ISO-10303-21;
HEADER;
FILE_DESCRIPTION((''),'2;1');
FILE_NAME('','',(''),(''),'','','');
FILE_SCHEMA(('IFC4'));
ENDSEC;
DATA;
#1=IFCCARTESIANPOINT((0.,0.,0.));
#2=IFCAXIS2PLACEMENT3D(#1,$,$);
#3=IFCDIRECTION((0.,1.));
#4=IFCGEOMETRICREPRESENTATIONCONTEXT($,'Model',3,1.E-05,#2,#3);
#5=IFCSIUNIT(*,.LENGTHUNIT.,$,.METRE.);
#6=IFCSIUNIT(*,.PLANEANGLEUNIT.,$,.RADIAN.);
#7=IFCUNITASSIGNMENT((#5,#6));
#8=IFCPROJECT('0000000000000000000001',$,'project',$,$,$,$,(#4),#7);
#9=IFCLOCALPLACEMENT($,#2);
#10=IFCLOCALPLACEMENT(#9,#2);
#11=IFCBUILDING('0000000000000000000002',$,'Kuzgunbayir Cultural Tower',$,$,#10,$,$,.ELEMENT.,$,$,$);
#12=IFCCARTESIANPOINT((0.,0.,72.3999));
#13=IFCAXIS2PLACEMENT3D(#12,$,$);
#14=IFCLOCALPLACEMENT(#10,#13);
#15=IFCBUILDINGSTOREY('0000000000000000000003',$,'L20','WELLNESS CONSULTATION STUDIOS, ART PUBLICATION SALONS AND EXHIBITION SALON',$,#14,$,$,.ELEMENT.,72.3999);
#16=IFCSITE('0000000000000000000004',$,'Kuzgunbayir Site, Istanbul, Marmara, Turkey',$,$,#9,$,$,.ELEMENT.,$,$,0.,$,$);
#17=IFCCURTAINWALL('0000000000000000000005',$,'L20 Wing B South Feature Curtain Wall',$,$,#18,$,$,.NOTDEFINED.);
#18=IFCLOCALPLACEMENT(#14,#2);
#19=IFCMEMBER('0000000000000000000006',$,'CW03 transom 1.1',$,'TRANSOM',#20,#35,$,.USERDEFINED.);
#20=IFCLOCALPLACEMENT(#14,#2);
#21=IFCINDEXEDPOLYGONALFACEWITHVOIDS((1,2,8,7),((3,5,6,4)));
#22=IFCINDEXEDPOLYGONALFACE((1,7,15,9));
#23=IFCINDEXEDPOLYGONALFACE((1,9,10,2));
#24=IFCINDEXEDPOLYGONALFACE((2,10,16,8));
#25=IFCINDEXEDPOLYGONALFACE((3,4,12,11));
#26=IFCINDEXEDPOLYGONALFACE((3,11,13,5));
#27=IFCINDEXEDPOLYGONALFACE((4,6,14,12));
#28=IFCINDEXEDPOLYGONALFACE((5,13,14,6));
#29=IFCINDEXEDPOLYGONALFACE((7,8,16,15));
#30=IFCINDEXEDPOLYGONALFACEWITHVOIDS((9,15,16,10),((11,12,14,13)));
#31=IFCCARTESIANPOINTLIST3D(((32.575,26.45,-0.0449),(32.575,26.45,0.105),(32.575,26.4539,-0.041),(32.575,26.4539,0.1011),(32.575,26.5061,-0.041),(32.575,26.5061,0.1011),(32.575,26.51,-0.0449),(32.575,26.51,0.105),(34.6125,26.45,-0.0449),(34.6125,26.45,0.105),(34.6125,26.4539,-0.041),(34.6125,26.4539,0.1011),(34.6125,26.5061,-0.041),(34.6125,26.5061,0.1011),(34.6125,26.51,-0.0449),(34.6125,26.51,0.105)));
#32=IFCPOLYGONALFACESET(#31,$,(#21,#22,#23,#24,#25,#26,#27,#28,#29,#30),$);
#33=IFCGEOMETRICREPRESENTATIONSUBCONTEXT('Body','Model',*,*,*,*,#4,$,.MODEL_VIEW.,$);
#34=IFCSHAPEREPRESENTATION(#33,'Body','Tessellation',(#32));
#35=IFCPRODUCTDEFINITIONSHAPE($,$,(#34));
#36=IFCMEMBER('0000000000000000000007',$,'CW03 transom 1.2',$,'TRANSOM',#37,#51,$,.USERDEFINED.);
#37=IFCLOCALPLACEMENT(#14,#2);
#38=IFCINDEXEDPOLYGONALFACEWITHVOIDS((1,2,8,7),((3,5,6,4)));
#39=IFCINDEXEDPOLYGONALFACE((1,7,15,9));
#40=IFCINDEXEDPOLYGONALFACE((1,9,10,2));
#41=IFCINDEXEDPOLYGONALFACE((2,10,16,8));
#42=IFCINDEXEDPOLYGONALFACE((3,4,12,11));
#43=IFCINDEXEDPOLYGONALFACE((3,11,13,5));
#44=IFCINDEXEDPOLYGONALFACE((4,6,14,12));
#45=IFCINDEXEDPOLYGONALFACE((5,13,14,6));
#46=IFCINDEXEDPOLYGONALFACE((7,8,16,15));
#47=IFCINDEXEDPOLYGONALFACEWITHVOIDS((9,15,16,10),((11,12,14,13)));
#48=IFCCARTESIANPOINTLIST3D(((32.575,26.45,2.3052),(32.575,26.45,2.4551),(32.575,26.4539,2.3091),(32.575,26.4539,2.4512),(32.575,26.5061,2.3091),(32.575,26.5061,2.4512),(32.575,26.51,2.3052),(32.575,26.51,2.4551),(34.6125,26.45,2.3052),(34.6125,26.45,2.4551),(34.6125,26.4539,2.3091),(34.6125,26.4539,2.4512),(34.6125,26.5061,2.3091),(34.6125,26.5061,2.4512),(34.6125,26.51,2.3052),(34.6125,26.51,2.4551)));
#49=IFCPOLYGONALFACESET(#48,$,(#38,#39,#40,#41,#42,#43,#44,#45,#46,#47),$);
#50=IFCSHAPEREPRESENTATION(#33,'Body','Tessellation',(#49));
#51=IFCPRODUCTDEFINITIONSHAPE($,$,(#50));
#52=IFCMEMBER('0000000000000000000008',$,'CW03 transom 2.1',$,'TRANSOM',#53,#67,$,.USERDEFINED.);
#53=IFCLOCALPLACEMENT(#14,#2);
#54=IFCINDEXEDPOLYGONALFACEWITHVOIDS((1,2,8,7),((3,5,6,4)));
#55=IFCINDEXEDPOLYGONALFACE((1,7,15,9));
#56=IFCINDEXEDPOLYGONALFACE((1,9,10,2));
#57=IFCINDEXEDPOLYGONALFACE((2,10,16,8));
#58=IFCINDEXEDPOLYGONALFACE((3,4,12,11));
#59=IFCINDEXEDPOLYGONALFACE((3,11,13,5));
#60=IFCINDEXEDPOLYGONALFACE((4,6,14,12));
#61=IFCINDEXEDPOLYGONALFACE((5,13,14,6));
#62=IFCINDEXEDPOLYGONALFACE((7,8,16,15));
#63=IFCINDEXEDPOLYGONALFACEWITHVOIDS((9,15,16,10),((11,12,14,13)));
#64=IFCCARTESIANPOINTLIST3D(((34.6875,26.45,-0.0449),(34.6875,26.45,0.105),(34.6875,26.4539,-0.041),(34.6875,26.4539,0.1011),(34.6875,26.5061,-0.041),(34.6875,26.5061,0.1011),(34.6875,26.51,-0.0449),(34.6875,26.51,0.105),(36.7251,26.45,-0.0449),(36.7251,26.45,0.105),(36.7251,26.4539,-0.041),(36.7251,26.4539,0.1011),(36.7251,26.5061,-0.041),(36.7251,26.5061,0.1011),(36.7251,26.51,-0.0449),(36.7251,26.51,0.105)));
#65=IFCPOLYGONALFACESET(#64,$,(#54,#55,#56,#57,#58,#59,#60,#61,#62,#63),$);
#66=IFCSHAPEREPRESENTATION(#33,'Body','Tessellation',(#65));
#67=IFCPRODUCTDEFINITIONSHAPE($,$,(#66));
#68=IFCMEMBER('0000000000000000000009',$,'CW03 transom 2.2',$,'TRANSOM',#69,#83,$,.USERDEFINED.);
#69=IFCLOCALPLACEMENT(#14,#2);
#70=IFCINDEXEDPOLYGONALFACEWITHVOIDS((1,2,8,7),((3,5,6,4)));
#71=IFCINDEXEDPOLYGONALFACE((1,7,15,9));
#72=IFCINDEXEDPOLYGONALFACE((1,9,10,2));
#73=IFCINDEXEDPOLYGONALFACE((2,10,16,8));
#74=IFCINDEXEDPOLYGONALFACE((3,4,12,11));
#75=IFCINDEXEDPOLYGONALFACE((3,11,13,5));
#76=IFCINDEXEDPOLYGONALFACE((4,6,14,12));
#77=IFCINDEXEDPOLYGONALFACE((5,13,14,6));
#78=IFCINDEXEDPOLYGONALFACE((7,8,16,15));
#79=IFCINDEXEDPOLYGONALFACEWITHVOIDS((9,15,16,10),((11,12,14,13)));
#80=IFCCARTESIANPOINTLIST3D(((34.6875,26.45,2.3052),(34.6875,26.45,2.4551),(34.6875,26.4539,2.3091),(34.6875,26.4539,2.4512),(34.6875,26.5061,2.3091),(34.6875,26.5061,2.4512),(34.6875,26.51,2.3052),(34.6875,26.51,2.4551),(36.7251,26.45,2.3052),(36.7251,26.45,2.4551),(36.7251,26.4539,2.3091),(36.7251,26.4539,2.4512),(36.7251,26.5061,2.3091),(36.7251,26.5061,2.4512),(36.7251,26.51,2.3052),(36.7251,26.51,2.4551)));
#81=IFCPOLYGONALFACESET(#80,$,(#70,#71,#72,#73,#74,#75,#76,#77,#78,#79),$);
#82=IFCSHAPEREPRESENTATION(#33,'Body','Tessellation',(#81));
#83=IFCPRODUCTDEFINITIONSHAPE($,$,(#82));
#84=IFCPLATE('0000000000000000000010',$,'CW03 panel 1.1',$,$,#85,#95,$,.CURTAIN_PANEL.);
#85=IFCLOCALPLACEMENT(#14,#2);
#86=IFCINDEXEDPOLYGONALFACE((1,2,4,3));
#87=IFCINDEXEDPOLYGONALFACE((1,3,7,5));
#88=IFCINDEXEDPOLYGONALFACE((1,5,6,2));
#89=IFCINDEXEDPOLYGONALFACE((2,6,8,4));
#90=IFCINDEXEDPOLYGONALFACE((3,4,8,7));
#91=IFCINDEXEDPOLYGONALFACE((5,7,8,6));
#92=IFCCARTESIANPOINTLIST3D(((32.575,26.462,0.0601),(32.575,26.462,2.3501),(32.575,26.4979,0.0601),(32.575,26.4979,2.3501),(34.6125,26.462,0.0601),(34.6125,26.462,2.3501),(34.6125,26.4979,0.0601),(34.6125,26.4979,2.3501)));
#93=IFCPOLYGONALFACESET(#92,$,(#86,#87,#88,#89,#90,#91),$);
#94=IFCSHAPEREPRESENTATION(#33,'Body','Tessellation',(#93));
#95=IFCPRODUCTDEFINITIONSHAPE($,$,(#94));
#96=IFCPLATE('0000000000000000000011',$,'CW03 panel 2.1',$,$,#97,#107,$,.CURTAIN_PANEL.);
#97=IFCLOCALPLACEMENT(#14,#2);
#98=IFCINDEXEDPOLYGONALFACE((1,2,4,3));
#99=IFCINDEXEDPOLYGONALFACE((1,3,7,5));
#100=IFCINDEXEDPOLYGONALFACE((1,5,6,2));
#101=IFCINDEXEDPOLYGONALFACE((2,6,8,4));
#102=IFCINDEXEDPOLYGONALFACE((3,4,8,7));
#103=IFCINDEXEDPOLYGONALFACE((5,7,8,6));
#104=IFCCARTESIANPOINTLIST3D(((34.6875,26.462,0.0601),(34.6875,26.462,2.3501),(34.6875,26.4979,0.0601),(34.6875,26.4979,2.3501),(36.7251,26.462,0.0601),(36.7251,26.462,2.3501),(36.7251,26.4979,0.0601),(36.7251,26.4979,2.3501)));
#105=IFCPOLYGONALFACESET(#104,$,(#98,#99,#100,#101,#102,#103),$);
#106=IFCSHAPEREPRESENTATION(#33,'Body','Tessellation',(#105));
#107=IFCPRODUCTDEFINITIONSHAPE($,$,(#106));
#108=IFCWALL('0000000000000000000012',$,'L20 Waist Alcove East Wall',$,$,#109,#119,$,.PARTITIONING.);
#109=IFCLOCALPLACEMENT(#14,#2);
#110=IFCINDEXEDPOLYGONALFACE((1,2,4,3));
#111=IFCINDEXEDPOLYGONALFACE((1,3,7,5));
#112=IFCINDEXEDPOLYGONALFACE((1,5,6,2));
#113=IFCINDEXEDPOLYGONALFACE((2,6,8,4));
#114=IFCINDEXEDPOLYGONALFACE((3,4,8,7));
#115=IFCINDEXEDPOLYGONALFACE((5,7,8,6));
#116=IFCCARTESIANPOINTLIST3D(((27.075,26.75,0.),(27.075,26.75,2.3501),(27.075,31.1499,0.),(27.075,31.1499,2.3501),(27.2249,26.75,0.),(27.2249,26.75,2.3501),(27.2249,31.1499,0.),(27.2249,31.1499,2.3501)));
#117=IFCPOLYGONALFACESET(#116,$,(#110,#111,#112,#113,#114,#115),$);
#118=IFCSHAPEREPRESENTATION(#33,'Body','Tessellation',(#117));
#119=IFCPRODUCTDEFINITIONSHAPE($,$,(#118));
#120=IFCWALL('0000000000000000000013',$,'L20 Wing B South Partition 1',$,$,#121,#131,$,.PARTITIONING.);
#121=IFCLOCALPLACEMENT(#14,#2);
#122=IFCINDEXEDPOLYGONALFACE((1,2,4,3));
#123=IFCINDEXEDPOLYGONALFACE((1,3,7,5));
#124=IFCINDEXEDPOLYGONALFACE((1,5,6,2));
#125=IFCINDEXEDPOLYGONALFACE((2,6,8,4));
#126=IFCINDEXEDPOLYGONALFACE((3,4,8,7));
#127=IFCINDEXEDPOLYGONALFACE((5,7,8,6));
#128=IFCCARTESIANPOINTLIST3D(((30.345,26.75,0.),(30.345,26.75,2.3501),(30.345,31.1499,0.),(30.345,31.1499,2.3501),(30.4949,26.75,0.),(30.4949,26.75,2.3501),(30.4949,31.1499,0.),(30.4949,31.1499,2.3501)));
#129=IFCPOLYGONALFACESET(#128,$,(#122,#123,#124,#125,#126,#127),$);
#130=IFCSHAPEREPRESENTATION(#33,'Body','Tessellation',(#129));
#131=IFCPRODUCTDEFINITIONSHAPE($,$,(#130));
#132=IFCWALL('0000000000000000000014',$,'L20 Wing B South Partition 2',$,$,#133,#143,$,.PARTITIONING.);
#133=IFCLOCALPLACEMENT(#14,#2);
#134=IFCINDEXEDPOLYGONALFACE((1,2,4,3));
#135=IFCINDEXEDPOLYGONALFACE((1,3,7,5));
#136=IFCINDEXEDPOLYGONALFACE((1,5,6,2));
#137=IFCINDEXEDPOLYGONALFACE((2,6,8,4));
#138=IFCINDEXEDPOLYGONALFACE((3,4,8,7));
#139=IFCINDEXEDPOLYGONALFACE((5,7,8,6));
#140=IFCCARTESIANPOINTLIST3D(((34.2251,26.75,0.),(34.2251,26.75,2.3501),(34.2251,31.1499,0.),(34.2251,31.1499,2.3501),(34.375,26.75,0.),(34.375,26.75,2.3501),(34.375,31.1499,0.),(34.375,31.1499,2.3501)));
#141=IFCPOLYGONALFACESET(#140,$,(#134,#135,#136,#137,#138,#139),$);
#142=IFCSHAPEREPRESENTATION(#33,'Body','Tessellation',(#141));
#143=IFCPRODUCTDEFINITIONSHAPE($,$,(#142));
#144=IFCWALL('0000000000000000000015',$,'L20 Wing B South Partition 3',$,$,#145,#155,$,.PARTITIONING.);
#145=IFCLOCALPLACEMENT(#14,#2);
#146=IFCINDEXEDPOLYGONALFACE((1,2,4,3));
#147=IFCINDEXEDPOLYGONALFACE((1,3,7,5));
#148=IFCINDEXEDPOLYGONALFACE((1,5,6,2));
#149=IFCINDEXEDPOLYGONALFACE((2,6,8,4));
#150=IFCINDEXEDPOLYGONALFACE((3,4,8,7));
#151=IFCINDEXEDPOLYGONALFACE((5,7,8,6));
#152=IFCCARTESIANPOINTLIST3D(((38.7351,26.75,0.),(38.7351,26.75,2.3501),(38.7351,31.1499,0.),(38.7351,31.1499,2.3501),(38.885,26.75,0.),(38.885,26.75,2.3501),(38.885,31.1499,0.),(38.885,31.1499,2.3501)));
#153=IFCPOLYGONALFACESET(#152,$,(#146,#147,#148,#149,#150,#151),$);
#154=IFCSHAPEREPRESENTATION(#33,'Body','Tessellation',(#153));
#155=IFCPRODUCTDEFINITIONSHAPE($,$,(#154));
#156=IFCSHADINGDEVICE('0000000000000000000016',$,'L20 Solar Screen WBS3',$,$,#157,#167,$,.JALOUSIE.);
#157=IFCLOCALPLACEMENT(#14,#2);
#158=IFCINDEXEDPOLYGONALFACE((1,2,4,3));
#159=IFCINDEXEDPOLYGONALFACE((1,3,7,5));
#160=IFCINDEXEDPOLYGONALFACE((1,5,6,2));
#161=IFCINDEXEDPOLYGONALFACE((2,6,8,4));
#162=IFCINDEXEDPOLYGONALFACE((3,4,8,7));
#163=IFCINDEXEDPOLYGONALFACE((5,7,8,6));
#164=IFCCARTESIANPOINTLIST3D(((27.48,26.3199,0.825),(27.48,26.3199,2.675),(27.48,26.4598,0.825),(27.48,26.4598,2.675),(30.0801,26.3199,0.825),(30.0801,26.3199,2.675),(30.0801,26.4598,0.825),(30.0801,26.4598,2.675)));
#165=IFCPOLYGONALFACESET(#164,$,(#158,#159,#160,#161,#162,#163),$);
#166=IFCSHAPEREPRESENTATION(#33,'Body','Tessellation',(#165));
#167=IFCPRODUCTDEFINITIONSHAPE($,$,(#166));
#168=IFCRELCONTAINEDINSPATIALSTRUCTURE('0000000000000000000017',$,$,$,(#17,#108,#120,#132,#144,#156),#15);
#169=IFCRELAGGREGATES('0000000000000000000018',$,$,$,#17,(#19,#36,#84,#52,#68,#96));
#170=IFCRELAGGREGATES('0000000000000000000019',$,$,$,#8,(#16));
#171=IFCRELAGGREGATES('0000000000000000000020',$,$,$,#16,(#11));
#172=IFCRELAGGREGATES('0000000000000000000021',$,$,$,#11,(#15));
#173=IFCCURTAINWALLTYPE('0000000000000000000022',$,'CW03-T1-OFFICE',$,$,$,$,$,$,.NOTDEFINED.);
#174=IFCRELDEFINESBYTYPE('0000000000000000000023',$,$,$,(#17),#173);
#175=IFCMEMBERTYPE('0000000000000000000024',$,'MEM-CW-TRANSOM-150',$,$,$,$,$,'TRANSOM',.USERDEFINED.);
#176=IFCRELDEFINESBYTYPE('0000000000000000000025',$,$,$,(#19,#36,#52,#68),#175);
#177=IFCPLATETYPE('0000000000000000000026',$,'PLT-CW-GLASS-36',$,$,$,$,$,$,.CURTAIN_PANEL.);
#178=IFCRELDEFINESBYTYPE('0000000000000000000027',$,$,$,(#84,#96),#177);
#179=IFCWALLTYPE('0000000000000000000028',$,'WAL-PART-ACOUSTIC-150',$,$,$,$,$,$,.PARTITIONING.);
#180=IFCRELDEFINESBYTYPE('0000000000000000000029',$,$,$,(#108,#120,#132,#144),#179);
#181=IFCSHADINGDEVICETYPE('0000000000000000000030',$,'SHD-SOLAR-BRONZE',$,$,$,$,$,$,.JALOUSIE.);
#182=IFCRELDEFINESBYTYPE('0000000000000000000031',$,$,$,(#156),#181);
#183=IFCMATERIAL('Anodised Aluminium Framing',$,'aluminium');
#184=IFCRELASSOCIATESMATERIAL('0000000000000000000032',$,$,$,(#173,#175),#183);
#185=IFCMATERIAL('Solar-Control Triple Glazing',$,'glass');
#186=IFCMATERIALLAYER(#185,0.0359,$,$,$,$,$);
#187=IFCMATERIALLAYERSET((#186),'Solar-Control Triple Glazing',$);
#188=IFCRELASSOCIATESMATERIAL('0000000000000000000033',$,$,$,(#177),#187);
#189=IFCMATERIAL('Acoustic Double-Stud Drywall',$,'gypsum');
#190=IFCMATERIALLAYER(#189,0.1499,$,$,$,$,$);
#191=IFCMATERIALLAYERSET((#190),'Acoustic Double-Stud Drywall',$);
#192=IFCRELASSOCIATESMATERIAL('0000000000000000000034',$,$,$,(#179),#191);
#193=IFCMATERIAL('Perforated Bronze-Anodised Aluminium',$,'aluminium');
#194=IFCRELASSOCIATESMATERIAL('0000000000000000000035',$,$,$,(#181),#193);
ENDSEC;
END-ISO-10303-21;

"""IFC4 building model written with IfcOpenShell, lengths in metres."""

from ifc_helpers import new_model, si_unit, direction, frame, frame_2d, origin, origin_2d, place, context, subcontext, project, spatial, rectangle, hollow_rectangle, extrude, material, layer, layer_set, material_profile, profile_set, type_object, element, aggregate, save


model = new_model("IFC4")

# Units and contexts
model_context = context("Model", 3, precision=1e-05, world=origin(), true_north=direction((0.0, 1.0)))
body_context = subcontext(model_context, "Body", "Model", "MODEL_VIEW")
ifc_project = project(units=[si_unit("LENGTHUNIT", "METRE"), si_unit("PLANEANGLEUNIT", "RADIAN")], contexts=[model_context])

# Site, building, storey
site_placement = place(None, origin())
site = spatial("IfcSite", under=ifc_project, at=site_placement, Name="Kuzgunbayir Site, Istanbul, Marmara, Turkey", CompositionType="ELEMENT", RefElevation=0.0)
building_placement = place(site_placement, origin())
building = spatial("IfcBuilding", under=site, at=building_placement, Name="Kuzgunbayir Cultural Tower", CompositionType="ELEMENT")
storey_placement = place(building_placement, frame((0.0, 0.0, 72.3999)))
storey = spatial("IfcBuildingStorey", under=building, at=storey_placement, Name="L20", Description="WELLNESS CONSULTATION STUDIOS, ART PUBLICATION SALONS AND EXHIBITION SALON", CompositionType="ELEMENT", Elevation=72.3999)

# Curtain wall, members, plates
ifc_material_1 = material(Name="Anodised Aluminium Framing", Category="aluminium")
curtain_wall_type = type_object("IfcCurtainWallType", Name="CW03-T1-OFFICE", PredefinedType="NOTDEFINED", material=ifc_material_1)
curtain_wall_placement = place(storey_placement, origin())
curtain_wall = element("IfcCurtainWall", 1, at=curtain_wall_placement, inside=storey, type_object=curtain_wall_type, Name="L20 Wing B South Feature Curtain Wall", PredefinedType="NOTDEFINED")
ifc_material_profile_1 = material_profile(ifc_material_1, hollow_rectangle(XDim=0.0601, YDim=0.1499, WallThickness=0.0039, at=origin_2d()), Name="RHS 150x60x4")
ifc_profile_set_1 = profile_set([ifc_material_profile_1], Name="Anodised Aluminium Framing")
member_type_1 = type_object("IfcMemberType", Name="MEM-CW-TRANSOM-150", ElementType="TRANSOM", PredefinedType="USERDEFINED", material=ifc_profile_set_1)
member_1_placement = place(storey_placement, frame((32.575, 26.48, 0.03), z_axis=(1.0, 0.0, 0.0), x_axis=(0.0, 1.0, 0.0)))
member_1 = element("IfcMember", 2, at=member_1_placement, type_object=member_type_1, Name="CW03 transom 1.1", ObjectType="TRANSOM", PredefinedType="USERDEFINED", context=body_context, shape_type="SweptSolid", body=[
    extrude(hollow_rectangle(XDim=0.0601, YDim=0.1499, WallThickness=0.0039, at=origin_2d()), origin(), (0.0, 0.0, 1.0), 2.0376),
])
member_2_placement = place(storey_placement, frame((32.575, 26.48, 2.3801), z_axis=(1.0, 0.0, 0.0), x_axis=(0.0, 1.0, 0.0)))
member_2 = element("IfcMember", 3, at=member_2_placement, type_object=member_type_1, Name="CW03 transom 1.2", ObjectType="TRANSOM", PredefinedType="USERDEFINED", context=body_context, shape_type="SweptSolid", body=[
    extrude(hollow_rectangle(XDim=0.0601, YDim=0.1499, WallThickness=0.0039, at=origin_2d()), origin(), (0.0, 0.0, 1.0), 2.0376),
])
member_3_placement = place(storey_placement, frame((34.6875, 26.48, 0.03), z_axis=(1.0, 0.0, 0.0), x_axis=(0.0, 1.0, 0.0)))
member_3 = element("IfcMember", 4, at=member_3_placement, type_object=member_type_1, Name="CW03 transom 2.1", ObjectType="TRANSOM", PredefinedType="USERDEFINED", context=body_context, shape_type="SweptSolid", body=[
    extrude(hollow_rectangle(XDim=0.0601, YDim=0.1499, WallThickness=0.0039, at=origin_2d()), origin(), (0.0, 0.0, 1.0), 2.0376),
])
member_4_placement = place(storey_placement, frame((34.6875, 26.48, 2.3801), z_axis=(1.0, 0.0, 0.0), x_axis=(0.0, 1.0, 0.0)))
member_4 = element("IfcMember", 5, at=member_4_placement, type_object=member_type_1, Name="CW03 transom 2.2", ObjectType="TRANSOM", PredefinedType="USERDEFINED", context=body_context, shape_type="SweptSolid", body=[
    extrude(hollow_rectangle(XDim=0.0601, YDim=0.1499, WallThickness=0.0039, at=origin_2d()), origin(), (0.0, 0.0, 1.0), 2.0376),
])
ifc_material_2 = material(Name="Solar-Control Triple Glazing", Category="glass")
ifc_layer_1 = layer(ifc_material_2, 0.0359)
ifc_layer_set_1 = layer_set([ifc_layer_1], Name="Solar-Control Triple Glazing")
plate_type = type_object("IfcPlateType", Name="PLT-CW-GLASS-36", PredefinedType="CURTAIN_PANEL", material=ifc_layer_set_1)
plate_1_placement = place(storey_placement, frame((33.5938, 26.48, 0.0601), z_axis=(0.0, 0.0, 1.0), x_axis=(1.0, 0.0, 0.0)))
plate_1 = element("IfcPlate", 6, at=plate_1_placement, type_object=plate_type, Name="CW03 panel 1.1", PredefinedType="CURTAIN_PANEL", context=body_context, shape_type="SweptSolid", body=[
    extrude(rectangle(XDim=2.0376, YDim=0.0359, at=origin_2d()), origin(), (0.0, 0.0, 1.0), 2.29),
])
plate_2_placement = place(storey_placement, frame((35.7063, 26.48, 0.0601), z_axis=(0.0, 0.0, 1.0), x_axis=(1.0, 0.0, 0.0)))
plate_2 = element("IfcPlate", 7, at=plate_2_placement, type_object=plate_type, Name="CW03 panel 2.1", PredefinedType="CURTAIN_PANEL", context=body_context, shape_type="SweptSolid", body=[
    extrude(rectangle(XDim=2.0376, YDim=0.0359, at=origin_2d()), origin(), (0.0, 0.0, 1.0), 2.29),
])
aggregate(curtain_wall, [member_1, member_2, plate_1, member_3, member_4, plate_2])

# Walls
ifc_material_3 = material(Name="Acoustic Double-Stud Drywall", Category="gypsum")
ifc_layer_2 = layer(ifc_material_3, 0.1499)
ifc_layer_set_2 = layer_set([ifc_layer_2], Name="Acoustic Double-Stud Drywall")
wall_type = type_object("IfcWallType", Name="WAL-PART-ACOUSTIC-150", PredefinedType="PARTITIONING", material=ifc_layer_set_2)
for number, where, z_axis, x_axis, name in (
    (8, (27.1499, 26.75, 0.0), (0.0, 0.0, 1.0), (0.0, 1.0, 0.0), "L20 Waist Alcove East Wall"),
    (9, (30.4199, 26.75, 0.0), (0.0, 0.0, 1.0), (0.0, 1.0, 0.0), "L20 Wing B South Partition 1"),
    (10, (34.3, 26.75, 0.0), (0.0, 0.0, 1.0), (0.0, 1.0, 0.0), "L20 Wing B South Partition 2"),
    (11, (38.8101, 26.75, 0.0), (0.0, 0.0, 1.0), (0.0, 1.0, 0.0), "L20 Wing B South Partition 3"),
):
    element("IfcWall", number, at=place(storey_placement, frame(where, z_axis=z_axis, x_axis=x_axis)), inside=storey, type_object=wall_type, Name=name, PredefinedType="PARTITIONING", context=body_context, shape_type="SweptSolid", body=[
        extrude(rectangle(XDim=4.3999, YDim=0.1499, at=frame_2d((2.2, 0.0))), origin(), (0.0, 0.0, 1.0), 2.3501),
    ])

# Shading device
ifc_material_4 = material(Name="Perforated Bronze-Anodised Aluminium", Category="aluminium")
shading_device_type = type_object("IfcShadingDeviceType", Name="SHD-SOLAR-BRONZE", PredefinedType="JALOUSIE", material=ifc_material_4)
shading_device_placement = place(storey_placement, frame((28.78, 26.3899, 0.825), z_axis=(0.0, 0.0, 1.0), x_axis=(1.0, 0.0, 0.0)))
element("IfcShadingDevice", 12, at=shading_device_placement, inside=storey, type_object=shading_device_type, Name="L20 Solar Screen WBS3", PredefinedType="JALOUSIE", context=body_context, shape_type="SweptSolid", body=[
    extrude(rectangle(XDim=2.6001, YDim=0.1399, at=origin_2d()), origin(), (0.0, 0.0, 1.0), 1.8501),
])

save(model, "model.ifc")
